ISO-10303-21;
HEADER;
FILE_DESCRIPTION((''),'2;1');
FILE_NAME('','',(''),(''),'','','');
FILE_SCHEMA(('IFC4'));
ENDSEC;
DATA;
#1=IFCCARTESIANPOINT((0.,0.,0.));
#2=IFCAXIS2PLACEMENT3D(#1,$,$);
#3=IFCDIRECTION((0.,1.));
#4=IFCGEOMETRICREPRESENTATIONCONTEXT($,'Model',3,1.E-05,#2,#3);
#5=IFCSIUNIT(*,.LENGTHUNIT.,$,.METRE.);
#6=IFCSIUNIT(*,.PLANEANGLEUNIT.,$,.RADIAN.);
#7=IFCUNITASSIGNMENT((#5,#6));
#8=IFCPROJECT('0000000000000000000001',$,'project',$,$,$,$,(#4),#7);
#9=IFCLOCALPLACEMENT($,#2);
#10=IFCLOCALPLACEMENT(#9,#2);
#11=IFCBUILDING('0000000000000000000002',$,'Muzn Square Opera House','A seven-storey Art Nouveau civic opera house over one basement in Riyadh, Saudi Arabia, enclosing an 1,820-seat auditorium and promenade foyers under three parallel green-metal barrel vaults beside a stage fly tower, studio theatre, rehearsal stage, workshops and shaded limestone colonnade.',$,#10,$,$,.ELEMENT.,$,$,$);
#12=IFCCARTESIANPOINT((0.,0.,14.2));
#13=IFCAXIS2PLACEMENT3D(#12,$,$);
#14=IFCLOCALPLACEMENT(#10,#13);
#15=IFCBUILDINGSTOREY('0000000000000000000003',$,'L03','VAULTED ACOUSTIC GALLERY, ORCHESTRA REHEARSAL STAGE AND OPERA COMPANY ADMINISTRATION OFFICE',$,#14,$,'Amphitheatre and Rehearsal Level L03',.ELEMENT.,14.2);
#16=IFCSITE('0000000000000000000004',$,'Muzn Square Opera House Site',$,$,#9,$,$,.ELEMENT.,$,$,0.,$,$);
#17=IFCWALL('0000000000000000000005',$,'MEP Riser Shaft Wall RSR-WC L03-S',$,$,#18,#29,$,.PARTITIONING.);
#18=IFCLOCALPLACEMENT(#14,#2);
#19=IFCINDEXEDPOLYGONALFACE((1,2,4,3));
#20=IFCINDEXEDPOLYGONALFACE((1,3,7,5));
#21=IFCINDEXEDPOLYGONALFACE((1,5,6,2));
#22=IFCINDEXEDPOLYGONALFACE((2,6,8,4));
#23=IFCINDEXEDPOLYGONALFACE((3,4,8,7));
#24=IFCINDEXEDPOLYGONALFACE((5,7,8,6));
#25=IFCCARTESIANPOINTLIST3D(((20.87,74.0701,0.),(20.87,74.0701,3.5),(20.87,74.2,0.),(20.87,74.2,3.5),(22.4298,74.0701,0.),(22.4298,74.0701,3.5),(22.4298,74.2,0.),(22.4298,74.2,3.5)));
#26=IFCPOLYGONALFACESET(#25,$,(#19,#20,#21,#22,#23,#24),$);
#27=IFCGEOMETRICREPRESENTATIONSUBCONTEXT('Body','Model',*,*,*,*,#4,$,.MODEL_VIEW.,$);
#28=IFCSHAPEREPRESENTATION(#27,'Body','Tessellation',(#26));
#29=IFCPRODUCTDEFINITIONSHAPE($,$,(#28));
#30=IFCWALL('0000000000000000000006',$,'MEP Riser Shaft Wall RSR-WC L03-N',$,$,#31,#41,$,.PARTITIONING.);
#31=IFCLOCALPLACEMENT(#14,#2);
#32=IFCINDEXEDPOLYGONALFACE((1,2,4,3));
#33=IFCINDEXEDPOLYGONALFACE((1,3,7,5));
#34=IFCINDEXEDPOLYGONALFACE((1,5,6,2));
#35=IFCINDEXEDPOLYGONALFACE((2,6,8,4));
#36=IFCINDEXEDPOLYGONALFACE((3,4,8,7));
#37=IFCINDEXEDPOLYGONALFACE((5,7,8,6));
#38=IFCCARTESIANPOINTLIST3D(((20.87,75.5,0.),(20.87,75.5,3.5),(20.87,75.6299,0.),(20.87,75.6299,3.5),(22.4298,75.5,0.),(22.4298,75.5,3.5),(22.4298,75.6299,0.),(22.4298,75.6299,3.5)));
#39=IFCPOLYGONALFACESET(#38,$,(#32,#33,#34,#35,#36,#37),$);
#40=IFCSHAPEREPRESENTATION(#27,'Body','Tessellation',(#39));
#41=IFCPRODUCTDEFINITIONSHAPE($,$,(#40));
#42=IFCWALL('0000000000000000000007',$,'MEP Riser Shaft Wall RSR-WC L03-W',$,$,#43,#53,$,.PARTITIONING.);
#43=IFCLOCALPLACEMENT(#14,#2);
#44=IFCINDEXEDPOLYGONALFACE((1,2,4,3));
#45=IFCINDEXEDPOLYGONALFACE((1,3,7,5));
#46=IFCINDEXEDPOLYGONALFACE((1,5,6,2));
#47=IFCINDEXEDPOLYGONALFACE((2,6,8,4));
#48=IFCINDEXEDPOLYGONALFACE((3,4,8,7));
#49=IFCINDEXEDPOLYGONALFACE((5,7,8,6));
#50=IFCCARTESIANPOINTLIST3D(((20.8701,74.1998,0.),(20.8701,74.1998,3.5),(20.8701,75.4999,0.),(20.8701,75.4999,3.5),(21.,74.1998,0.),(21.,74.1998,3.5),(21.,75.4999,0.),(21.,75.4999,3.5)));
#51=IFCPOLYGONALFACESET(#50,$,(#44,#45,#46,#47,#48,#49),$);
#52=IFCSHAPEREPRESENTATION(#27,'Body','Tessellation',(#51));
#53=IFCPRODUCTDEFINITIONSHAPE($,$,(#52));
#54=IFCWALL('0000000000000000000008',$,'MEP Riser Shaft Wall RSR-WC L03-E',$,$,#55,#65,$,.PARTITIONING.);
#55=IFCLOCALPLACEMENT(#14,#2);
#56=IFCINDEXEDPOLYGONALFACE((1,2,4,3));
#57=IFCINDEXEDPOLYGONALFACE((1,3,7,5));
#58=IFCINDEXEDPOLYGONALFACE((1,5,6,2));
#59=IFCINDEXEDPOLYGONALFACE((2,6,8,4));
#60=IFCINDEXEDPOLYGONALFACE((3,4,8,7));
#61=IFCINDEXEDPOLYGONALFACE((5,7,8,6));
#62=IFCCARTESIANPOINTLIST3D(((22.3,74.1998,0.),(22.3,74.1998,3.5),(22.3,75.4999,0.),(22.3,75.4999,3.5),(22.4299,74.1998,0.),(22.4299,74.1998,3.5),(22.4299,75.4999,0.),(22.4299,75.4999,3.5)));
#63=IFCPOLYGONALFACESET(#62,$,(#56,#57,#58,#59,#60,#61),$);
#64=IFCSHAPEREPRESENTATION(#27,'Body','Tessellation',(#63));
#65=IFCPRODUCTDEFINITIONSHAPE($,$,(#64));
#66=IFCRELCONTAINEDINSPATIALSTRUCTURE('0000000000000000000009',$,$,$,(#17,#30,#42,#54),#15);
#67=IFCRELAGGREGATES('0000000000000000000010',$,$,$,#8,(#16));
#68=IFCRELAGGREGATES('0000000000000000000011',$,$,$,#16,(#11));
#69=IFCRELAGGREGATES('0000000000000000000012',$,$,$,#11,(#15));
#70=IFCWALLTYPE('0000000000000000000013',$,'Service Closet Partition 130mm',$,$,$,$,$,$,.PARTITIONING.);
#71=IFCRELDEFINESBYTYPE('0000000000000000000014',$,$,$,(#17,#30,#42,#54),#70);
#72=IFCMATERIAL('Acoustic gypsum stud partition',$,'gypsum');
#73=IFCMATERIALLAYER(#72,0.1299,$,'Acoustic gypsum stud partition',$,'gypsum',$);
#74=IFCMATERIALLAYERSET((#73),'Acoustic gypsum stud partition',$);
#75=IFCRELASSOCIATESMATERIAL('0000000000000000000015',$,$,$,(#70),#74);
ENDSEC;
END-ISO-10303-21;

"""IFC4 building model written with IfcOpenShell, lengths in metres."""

from ifc_helpers import new_model, si_unit, direction, frame, frame_2d, origin, place, context, subcontext, project, spatial, rectangle, extrude, material, layer, layer_set, type_object, element, save


model = new_model("IFC4")

# Units and contexts
model_context = context("Model", 3, precision=1e-05, world=origin(), true_north=direction((0.0, 1.0)))
body_context = subcontext(model_context, "Body", "Model", "MODEL_VIEW")
ifc_project = project(units=[si_unit("LENGTHUNIT", "METRE"), si_unit("PLANEANGLEUNIT", "RADIAN")], contexts=[model_context])

# Site, building, storey
site_placement = place(None, origin())
site = spatial("IfcSite", under=ifc_project, at=site_placement, Name="Muzn Square Opera House Site", CompositionType="ELEMENT", RefElevation=0.0)
building_placement = place(site_placement, origin())
building = spatial("IfcBuilding", under=site, at=building_placement, Name="Muzn Square Opera House", Description="A seven-storey Art Nouveau civic opera house over one basement in Riyadh, Saudi Arabia, enclosing an 1,820-seat auditorium and promenade foyers under three parallel green-metal barrel vaults beside a stage fly tower, studio theatre, rehearsal stage, workshops and shaded limestone colonnade.", CompositionType="ELEMENT")
storey_placement = place(building_placement, frame((0.0, 0.0, 14.2)))
storey = spatial("IfcBuildingStorey", under=building, at=storey_placement, Name="L03", Description="VAULTED ACOUSTIC GALLERY, ORCHESTRA REHEARSAL STAGE AND OPERA COMPANY ADMINISTRATION OFFICE", LongName="Amphitheatre and Rehearsal Level L03", CompositionType="ELEMENT", Elevation=14.2)

# Walls
ifc_material_1 = material(Name="Acoustic gypsum stud partition", Category="gypsum")
ifc_layer_1 = layer(ifc_material_1, 0.1299, Name="Acoustic gypsum stud partition", Category="gypsum")
ifc_layer_set_1 = layer_set([ifc_layer_1], Name="Acoustic gypsum stud partition")
wall_type_1 = type_object("IfcWallType", Name="Service Closet Partition 130mm", PredefinedType="PARTITIONING", material=ifc_layer_set_1)
for number, where, z_axis, x_axis, name in (
    (1, (20.8701, 74.135, 0.0), (0.0, 0.0, 1.0), (1.0, 0.0, 0.0), "MEP Riser Shaft Wall RSR-WC L03-S"),
    (2, (20.8701, 75.5649, 0.0), (0.0, 0.0, 1.0), (1.0, 0.0, 0.0), "MEP Riser Shaft Wall RSR-WC L03-N"),
):
    element("IfcWall", number, at=place(storey_placement, frame(where, z_axis=z_axis, x_axis=x_axis)), inside=storey, type_object=wall_type_1, Name=name, PredefinedType="PARTITIONING", context=body_context, shape_type="SweptSolid", body=[
        extrude(rectangle(XDim=1.5598, YDim=0.1299, at=frame_2d((0.7798, 0.0))), origin(), (0.0, 0.0, 1.0), 3.5),
    ])
for number, where, z_axis, x_axis, name in (
    (3, (20.9351, 74.2, 0.0), (0.0, 0.0, 1.0), (0.0, 1.0, 0.0), "MEP Riser Shaft Wall RSR-WC L03-W"),
    (4, (22.365, 74.2, 0.0), (0.0, 0.0, 1.0), (0.0, 1.0, 0.0), "MEP Riser Shaft Wall RSR-WC L03-E"),
):
    element("IfcWall", number, at=place(storey_placement, frame(where, z_axis=z_axis, x_axis=x_axis)), inside=storey, type_object=wall_type_1, Name=name, PredefinedType="PARTITIONING", context=body_context, shape_type="SweptSolid", body=[
        extrude(rectangle(XDim=1.3, YDim=0.1299, at=frame_2d((0.6499, 0.0))), origin(), (0.0, 0.0, 1.0), 3.5),
    ])

save(model, "model.ifc")
